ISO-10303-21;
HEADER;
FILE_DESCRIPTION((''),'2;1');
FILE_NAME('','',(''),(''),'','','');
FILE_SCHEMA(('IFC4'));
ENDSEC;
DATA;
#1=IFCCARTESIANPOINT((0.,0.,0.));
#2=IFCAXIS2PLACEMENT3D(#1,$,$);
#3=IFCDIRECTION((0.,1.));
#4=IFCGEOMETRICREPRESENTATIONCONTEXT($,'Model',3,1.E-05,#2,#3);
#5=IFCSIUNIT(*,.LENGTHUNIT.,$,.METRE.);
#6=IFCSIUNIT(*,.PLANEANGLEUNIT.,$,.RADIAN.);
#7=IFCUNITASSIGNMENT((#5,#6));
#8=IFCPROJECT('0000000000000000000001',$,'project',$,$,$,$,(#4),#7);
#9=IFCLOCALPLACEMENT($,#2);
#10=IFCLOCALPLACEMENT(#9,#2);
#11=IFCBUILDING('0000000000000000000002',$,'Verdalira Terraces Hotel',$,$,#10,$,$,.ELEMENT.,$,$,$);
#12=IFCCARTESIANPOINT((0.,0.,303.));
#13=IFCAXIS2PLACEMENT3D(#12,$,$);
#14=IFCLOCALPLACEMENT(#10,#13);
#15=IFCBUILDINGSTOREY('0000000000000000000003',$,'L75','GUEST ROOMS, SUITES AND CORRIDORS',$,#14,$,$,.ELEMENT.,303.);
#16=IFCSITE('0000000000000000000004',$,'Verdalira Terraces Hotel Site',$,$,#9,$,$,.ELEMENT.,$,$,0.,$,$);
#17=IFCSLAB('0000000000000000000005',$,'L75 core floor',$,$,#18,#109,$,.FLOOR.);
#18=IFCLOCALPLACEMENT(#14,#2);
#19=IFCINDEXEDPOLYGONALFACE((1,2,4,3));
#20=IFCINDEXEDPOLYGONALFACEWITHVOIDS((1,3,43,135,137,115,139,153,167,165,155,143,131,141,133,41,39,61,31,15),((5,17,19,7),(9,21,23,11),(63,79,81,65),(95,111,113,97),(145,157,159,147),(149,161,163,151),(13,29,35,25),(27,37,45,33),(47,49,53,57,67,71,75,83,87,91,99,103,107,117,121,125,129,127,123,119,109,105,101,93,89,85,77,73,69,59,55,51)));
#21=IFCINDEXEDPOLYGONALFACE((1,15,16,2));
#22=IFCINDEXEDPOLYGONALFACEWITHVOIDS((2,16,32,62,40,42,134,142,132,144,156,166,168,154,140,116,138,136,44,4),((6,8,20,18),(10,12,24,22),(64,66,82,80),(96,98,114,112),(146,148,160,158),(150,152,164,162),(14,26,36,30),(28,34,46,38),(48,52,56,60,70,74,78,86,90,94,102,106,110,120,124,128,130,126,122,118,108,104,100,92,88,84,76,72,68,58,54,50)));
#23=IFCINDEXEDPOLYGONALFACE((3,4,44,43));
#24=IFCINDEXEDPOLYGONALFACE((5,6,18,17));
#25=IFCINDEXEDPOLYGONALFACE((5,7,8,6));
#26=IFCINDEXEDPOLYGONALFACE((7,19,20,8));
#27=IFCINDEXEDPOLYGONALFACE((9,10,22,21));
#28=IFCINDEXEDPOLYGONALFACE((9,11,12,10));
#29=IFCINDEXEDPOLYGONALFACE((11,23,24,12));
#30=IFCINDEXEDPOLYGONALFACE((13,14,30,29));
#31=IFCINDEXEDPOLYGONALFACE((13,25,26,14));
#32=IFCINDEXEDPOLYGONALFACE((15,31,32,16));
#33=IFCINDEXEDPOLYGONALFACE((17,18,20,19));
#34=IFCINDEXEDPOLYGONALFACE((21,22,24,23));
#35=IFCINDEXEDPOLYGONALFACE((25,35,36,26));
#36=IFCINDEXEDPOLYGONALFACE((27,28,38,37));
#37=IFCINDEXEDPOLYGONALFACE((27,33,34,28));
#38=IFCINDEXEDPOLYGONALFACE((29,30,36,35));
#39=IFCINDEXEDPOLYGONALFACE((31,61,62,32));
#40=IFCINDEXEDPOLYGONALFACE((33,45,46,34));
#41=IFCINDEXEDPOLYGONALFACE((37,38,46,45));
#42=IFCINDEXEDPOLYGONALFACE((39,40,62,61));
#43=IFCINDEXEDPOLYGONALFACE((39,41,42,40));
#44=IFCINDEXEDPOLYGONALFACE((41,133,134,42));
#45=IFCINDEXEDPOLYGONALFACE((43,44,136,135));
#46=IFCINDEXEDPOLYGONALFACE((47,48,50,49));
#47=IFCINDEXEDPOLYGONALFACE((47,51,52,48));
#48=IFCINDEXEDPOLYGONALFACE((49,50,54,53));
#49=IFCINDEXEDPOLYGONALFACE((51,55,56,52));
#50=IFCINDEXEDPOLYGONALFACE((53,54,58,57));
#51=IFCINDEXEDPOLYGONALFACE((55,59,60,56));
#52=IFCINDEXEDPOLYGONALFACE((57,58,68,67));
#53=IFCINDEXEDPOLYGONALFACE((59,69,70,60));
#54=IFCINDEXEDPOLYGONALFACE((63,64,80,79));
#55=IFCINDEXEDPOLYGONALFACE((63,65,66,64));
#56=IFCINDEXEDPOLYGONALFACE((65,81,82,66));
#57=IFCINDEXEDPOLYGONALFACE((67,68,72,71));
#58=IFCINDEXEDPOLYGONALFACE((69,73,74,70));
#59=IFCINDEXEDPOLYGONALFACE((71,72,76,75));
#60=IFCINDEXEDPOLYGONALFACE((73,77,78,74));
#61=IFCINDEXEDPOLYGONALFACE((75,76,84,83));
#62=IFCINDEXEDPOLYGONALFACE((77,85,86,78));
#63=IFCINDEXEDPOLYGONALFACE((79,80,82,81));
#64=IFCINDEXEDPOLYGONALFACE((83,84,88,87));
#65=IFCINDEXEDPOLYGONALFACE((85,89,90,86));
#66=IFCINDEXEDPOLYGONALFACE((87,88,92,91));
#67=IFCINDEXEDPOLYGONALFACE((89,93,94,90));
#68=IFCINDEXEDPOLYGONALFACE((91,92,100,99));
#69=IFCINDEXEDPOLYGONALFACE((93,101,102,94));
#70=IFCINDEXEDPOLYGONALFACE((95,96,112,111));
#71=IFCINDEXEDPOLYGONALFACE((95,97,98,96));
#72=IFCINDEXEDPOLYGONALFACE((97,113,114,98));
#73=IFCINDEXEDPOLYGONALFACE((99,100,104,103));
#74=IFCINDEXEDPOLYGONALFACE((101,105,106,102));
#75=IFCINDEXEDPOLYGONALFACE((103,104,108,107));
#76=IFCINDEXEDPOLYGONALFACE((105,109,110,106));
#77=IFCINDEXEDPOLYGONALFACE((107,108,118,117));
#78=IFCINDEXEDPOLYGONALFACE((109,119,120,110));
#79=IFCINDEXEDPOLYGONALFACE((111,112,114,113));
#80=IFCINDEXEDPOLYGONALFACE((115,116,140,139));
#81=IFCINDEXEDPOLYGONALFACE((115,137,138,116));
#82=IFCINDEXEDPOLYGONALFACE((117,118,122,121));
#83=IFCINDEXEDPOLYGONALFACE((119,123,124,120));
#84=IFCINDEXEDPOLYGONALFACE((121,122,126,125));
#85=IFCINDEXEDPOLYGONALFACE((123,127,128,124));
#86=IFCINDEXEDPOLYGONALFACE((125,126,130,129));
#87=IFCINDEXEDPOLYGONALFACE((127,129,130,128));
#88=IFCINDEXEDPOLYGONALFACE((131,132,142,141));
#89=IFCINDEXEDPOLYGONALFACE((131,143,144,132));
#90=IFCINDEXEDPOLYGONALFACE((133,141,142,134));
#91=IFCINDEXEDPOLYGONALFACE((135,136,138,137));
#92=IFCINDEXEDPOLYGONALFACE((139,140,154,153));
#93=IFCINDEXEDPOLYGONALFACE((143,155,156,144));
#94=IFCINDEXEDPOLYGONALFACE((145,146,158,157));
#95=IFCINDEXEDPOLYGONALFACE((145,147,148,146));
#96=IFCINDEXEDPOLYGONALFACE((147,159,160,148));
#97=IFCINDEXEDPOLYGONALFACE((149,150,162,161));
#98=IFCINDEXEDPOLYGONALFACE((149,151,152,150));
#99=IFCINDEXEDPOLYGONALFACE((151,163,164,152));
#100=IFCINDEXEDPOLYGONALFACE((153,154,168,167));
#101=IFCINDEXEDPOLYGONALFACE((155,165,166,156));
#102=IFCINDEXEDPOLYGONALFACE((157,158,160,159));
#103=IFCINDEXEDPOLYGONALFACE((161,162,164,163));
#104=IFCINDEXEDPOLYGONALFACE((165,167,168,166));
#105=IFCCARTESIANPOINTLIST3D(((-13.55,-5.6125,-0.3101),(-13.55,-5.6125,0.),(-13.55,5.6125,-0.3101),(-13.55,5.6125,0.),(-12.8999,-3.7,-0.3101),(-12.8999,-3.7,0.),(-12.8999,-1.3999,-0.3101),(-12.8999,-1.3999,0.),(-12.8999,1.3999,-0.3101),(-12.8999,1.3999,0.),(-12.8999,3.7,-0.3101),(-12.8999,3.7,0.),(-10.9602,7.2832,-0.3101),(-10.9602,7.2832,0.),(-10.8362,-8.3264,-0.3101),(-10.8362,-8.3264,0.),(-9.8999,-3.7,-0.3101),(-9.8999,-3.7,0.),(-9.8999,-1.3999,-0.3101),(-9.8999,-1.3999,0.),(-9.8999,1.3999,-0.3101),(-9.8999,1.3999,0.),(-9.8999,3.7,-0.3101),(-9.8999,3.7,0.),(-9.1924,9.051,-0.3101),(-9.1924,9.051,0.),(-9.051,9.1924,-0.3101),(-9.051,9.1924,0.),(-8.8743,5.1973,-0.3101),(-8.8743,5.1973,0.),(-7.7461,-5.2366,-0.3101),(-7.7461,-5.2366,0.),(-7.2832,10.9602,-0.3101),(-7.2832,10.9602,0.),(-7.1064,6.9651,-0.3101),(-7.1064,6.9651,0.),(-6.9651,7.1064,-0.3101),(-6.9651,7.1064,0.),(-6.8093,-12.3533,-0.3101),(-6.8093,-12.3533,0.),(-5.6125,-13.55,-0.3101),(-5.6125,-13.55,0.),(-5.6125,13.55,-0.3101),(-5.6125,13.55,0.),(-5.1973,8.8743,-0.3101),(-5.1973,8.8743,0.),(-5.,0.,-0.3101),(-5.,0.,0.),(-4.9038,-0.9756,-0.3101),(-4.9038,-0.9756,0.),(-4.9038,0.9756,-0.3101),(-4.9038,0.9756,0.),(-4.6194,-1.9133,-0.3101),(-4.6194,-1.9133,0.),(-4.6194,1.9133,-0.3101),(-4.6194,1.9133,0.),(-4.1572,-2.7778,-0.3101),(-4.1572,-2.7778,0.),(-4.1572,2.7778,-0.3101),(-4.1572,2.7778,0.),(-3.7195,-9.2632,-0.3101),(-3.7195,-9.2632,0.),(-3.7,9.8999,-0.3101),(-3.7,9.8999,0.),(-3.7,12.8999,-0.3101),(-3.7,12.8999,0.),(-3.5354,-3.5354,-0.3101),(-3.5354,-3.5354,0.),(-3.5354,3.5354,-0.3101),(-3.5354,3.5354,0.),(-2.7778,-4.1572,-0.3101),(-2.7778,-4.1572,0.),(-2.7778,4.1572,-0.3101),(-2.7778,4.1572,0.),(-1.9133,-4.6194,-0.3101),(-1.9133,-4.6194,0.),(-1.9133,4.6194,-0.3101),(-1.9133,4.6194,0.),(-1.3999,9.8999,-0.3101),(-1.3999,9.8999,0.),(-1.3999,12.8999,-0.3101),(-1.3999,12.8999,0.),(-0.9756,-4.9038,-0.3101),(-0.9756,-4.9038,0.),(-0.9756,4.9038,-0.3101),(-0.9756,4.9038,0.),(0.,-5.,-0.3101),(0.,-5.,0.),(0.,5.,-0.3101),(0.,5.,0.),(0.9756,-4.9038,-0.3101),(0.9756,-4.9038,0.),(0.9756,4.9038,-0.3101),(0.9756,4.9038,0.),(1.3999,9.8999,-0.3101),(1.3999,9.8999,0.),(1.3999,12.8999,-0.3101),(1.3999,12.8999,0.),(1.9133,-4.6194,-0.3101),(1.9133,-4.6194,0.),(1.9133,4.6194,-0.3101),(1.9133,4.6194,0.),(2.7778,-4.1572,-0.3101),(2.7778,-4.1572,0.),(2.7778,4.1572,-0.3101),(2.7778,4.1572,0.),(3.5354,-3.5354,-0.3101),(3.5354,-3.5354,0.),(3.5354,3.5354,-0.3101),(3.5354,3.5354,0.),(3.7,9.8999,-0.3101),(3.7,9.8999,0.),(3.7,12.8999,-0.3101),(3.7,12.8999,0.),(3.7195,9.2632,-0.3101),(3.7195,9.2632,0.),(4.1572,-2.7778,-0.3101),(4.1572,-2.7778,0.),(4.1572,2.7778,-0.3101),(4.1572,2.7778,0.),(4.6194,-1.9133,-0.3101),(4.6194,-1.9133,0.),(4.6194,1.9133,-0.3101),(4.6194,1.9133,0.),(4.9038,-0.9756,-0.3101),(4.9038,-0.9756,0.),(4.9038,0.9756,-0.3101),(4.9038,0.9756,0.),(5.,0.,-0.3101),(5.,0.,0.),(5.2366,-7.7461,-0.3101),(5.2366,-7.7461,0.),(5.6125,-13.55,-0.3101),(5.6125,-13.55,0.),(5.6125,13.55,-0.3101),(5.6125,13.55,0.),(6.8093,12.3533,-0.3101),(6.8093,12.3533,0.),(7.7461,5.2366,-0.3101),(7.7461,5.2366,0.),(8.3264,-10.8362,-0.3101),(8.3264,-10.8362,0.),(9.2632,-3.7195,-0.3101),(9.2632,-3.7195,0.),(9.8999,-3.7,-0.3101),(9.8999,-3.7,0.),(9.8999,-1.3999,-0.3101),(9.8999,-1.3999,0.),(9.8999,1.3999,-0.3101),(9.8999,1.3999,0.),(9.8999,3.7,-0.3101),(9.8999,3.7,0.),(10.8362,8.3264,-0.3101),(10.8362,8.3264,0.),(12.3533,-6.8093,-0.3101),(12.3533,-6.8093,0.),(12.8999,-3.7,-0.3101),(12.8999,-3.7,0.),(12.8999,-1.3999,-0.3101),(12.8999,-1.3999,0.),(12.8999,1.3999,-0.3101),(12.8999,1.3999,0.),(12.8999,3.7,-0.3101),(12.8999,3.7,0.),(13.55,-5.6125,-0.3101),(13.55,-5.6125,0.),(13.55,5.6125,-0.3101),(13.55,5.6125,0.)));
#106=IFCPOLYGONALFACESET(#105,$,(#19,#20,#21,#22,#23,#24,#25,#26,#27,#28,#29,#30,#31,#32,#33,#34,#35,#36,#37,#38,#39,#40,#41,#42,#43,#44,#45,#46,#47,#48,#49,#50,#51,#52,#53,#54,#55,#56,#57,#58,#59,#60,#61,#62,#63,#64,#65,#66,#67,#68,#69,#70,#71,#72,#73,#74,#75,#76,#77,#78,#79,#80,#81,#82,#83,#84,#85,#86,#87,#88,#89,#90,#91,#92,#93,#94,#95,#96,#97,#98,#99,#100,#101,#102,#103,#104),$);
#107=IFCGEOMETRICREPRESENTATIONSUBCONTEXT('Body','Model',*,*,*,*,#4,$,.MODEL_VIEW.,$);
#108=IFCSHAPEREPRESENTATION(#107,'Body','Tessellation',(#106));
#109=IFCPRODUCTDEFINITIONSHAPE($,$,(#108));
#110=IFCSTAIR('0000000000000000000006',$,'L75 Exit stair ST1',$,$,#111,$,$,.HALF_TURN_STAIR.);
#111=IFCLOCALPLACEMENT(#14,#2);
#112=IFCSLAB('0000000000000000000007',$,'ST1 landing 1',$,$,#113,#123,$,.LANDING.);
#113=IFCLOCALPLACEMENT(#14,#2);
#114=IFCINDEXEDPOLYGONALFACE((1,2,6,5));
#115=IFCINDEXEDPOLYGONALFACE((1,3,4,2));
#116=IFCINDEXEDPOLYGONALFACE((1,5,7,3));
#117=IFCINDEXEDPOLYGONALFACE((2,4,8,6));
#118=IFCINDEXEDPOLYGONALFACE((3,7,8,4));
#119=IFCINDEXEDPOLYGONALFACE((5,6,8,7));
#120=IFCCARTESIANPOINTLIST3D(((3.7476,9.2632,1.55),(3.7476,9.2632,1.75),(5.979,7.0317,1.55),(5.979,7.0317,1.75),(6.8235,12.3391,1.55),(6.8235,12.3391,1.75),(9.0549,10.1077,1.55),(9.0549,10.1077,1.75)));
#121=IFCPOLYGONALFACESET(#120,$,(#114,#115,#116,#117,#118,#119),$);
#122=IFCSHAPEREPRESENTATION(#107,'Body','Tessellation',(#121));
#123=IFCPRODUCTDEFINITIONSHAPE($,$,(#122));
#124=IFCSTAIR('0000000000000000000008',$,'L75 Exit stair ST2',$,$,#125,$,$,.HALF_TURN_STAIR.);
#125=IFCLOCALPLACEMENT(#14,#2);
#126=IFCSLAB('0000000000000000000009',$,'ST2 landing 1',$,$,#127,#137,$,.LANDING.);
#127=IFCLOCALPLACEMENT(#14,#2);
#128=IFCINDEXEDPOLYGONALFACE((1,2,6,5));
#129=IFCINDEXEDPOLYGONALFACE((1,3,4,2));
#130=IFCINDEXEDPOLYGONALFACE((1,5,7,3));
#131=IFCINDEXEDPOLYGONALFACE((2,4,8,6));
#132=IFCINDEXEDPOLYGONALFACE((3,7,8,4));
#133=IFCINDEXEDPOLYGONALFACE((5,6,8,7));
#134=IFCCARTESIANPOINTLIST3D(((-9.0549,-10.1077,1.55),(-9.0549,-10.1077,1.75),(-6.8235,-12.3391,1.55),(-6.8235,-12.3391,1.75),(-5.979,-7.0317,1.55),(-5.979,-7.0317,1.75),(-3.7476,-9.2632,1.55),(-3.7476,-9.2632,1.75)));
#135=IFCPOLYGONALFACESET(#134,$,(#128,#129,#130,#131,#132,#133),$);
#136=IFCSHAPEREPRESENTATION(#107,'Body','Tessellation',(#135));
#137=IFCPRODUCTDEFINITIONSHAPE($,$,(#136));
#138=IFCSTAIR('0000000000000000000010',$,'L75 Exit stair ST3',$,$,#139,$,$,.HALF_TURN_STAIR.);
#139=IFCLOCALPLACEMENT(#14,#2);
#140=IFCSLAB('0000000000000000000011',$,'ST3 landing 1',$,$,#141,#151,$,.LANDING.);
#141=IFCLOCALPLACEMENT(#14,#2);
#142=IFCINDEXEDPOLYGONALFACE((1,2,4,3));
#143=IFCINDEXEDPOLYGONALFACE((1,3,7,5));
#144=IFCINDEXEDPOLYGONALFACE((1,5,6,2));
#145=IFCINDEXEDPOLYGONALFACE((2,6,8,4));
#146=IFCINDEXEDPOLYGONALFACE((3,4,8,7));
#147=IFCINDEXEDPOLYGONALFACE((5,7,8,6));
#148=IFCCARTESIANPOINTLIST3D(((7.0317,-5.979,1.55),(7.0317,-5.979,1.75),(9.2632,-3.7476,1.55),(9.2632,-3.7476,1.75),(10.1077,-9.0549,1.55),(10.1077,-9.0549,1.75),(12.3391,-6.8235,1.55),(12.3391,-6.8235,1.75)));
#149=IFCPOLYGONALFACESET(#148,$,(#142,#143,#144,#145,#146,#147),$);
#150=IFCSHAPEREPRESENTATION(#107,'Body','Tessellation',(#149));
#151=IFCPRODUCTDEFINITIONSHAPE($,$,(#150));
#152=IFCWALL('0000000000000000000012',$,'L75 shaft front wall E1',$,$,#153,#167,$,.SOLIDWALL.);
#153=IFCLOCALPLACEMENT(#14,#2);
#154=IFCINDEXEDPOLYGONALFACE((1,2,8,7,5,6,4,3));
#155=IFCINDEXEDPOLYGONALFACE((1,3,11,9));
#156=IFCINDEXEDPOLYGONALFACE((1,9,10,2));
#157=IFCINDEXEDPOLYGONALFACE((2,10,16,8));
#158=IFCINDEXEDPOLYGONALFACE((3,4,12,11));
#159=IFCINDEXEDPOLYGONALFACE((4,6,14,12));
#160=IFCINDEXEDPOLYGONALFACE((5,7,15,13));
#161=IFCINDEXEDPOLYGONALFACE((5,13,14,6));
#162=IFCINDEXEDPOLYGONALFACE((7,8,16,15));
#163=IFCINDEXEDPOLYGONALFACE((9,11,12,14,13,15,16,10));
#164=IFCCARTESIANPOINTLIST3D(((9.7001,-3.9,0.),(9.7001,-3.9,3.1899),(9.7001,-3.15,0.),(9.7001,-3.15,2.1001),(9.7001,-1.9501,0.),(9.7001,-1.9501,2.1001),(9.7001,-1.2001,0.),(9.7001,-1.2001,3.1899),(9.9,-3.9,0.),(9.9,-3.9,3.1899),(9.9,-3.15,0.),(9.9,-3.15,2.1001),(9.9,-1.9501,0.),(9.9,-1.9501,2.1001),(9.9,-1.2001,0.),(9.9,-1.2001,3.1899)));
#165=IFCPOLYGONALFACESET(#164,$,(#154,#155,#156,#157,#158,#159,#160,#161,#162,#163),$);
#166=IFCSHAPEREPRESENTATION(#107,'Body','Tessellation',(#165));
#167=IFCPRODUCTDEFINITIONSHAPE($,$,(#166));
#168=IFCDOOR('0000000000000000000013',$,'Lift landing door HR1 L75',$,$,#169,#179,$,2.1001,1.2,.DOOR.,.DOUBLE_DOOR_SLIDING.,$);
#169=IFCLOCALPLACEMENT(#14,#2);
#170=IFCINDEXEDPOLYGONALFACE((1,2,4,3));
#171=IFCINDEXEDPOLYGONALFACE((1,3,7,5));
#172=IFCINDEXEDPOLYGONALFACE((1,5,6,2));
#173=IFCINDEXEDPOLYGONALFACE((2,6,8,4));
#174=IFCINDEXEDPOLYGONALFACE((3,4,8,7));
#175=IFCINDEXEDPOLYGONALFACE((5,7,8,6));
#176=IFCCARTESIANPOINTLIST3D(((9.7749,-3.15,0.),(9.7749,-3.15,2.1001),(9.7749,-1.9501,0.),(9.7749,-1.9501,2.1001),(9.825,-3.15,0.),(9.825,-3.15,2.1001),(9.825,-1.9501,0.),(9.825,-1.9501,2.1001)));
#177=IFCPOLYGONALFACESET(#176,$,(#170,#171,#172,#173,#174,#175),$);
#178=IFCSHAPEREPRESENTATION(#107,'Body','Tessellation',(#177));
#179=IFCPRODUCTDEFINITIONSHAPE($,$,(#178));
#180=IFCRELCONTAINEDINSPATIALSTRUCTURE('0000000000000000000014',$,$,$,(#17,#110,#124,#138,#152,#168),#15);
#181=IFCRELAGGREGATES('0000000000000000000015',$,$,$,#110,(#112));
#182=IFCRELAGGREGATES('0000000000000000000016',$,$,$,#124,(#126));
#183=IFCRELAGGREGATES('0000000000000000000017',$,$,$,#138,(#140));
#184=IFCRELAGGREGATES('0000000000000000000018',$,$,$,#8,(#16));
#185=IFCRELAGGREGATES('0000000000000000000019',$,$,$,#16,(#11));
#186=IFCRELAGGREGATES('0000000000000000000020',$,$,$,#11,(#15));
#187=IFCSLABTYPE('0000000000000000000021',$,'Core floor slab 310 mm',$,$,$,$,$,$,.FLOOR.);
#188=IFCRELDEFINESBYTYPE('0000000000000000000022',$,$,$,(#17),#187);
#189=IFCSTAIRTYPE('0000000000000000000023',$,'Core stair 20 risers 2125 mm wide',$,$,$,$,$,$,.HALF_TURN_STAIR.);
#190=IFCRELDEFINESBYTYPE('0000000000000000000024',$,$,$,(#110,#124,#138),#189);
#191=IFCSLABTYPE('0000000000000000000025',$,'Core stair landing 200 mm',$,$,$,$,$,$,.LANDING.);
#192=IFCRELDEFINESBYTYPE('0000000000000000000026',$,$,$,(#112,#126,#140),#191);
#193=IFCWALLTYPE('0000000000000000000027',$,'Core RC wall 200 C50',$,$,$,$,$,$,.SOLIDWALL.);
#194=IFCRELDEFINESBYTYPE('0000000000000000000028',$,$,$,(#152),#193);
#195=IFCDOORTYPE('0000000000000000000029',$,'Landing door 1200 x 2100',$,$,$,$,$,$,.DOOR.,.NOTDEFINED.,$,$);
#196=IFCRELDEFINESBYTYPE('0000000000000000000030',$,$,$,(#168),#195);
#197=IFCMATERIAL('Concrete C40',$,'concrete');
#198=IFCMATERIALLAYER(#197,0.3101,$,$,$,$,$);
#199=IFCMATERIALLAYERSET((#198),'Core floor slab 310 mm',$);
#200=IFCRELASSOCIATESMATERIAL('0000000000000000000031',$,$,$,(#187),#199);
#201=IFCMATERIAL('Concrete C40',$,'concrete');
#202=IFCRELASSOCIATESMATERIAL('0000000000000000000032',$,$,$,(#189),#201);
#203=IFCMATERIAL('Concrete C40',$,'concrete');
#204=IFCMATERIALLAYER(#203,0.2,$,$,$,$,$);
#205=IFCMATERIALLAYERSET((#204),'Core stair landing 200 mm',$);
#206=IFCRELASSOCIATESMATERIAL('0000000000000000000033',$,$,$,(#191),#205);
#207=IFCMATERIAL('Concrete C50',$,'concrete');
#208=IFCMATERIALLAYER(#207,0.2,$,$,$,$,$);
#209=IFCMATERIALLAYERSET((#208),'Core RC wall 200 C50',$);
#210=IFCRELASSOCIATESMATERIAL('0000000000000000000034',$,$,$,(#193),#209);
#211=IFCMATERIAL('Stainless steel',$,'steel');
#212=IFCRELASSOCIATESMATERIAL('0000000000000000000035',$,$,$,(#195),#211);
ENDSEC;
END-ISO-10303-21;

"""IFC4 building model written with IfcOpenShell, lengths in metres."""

from ifc_helpers import new_model, si_unit, direction, frame, frame_2d, origin, place, context, subcontext, project, spatial, polyline, rectangle, outline, extrude, material, layer, layer_set, type_object, element, fill, aggregate, save


model = new_model("IFC4")

# Units and contexts
model_context = context("Model", 3, precision=1e-05, world=origin(), true_north=direction((0.0, 1.0)))
body_context = subcontext(model_context, "Body", "Model", "MODEL_VIEW")
ifc_project = project(units=[si_unit("LENGTHUNIT", "METRE"), si_unit("PLANEANGLEUNIT", "RADIAN")], contexts=[model_context])

# Site, building, storey
site_placement = place(None, origin())
site = spatial("IfcSite", under=ifc_project, at=site_placement, Name="Verdalira Terraces Hotel Site", CompositionType="ELEMENT", RefElevation=0.0)
building_placement = place(site_placement, origin())
building = spatial("IfcBuilding", under=site, at=building_placement, Name="Verdalira Terraces Hotel", CompositionType="ELEMENT")
storey_placement = place(building_placement, frame((0.0, 0.0, 303.0)))
storey = spatial("IfcBuildingStorey", under=building, at=storey_placement, Name="L75", Description="GUEST ROOMS, SUITES AND CORRIDORS", CompositionType="ELEMENT", Elevation=303.0)

# Slab
ifc_material_1 = material(Name="Concrete C40", Category="concrete")
ifc_layer_1 = layer(ifc_material_1, 0.3101)
ifc_layer_set_1 = layer_set([ifc_layer_1], Name="Core floor slab 310 mm")
slab_type_1 = type_object("IfcSlabType", Name="Core floor slab 310 mm", PredefinedType="FLOOR", material=ifc_layer_set_1)
slab_1_placement = place(storey_placement, frame((0.0, 0.0, -0.3101)))
element("IfcSlab", 1, at=slab_1_placement, inside=storey, type_object=slab_type_1, Name="L75 core floor", PredefinedType="FLOOR", context=body_context, shape_type="SweptSolid", body=[
    extrude(outline(polyline([(-6.8093, -12.3533), (-3.7195, -9.2632), (-7.7461, -5.2366), (-10.8362, -8.3264), (-13.55, -5.6125), (-13.55, 5.6125), (-5.6125, 13.55), (5.6125, 13.55), (6.8093, 12.3533), (3.7195, 9.2632), (7.7461, 5.2366), (10.8362, 8.3264), (13.55, 5.6125), (13.55, -5.6125), (12.3533, -6.8093), (9.2632, -3.7195), (5.2366, -7.7461), (8.3264, -10.8362), (5.6125, -13.55), (-5.6125, -13.55), (-6.8093, -12.3533)]), holes=[polyline([(9.8999, -1.3999), (9.8999, -3.7), (12.8999, -3.7), (12.8999, -1.3999), (9.8999, -1.3999)]), polyline([(9.8999, 3.7), (9.8999, 1.3999), (12.8999, 1.3999), (12.8999, 3.7), (9.8999, 3.7)]), polyline([(3.7, 12.8999), (1.3999, 12.8999), (1.3999, 9.8999), (3.7, 9.8999), (3.7, 12.8999)]), polyline([(-1.3999, 12.8999), (-3.7, 12.8999), (-3.7, 9.8999), (-1.3999, 9.8999), (-1.3999, 12.8999)]), polyline([(-9.8999, 1.3999), (-9.8999, 3.7), (-12.8999, 3.7), (-12.8999, 1.3999), (-9.8999, 1.3999)]), polyline([(-9.8999, -3.7), (-9.8999, -1.3999), (-12.8999, -1.3999), (-12.8999, -3.7), (-9.8999, -3.7)]), polyline([(-9.051, 9.1924), (-6.9651, 7.1064), (-5.1973, 8.8743), (-7.2832, 10.9602), (-9.051, 9.1924)]), polyline([(-9.1924, 9.051), (-10.9602, 7.2832), (-8.8743, 5.1973), (-7.1064, 6.9651), (-9.1924, 9.051)]), polyline([(3.5354, 3.5354), (2.7778, 4.1572), (1.9133, 4.6194), (0.9756, 4.9038), (0.0, 5.0), (-0.9756, 4.9038), (-1.9133, 4.6194), (-2.7778, 4.1572), (-3.5354, 3.5354), (-4.1572, 2.7778), (-4.6194, 1.9133), (-4.9038, 0.9756), (-5.0, 0.0), (-4.9038, -0.9756), (-4.6194, -1.9133), (-4.1572, -2.7778), (-3.5354, -3.5354), (-2.7778, -4.1572), (-1.9133, -4.6194), (-0.9756, -4.9038), (0.0, -5.0), (0.9756, -4.9038), (1.9133, -4.6194), (2.7778, -4.1572), (3.5354, -3.5354), (4.1572, -2.7778), (4.6194, -1.9133), (4.9038, -0.9756), (5.0, 0.0), (4.9038, 0.9756), (4.6194, 1.9133), (4.1572, 2.7778), (3.5354, 3.5354)])]), origin(), (0.0, 0.0, 1.0), 0.3101),
])

# Stairs, slabs
ifc_material_2 = material(Name="Concrete C40", Category="concrete")
stair_type = type_object("IfcStairType", Name="Core stair 20 risers 2125 mm wide", PredefinedType="HALF_TURN_STAIR", material=ifc_material_2)
stair_1_placement = place(storey_placement, origin())
stair_1 = element("IfcStair", 2, at=stair_1_placement, inside=storey, type_object=stair_type, Name="L75 Exit stair ST1", PredefinedType="HALF_TURN_STAIR")
ifc_material_3 = material(Name="Concrete C40", Category="concrete")
ifc_layer_2 = layer(ifc_material_3, 0.2)
ifc_layer_set_2 = layer_set([ifc_layer_2], Name="Core stair landing 200 mm")
slab_type_2 = type_object("IfcSlabType", Name="Core stair landing 200 mm", PredefinedType="LANDING", material=ifc_layer_set_2)
slab_2_placement = place(storey_placement, frame((0.0, 0.0, 1.55)))
slab_2 = element("IfcSlab", 3, at=slab_2_placement, type_object=slab_type_2, Name="ST1 landing 1", PredefinedType="LANDING", context=body_context, shape_type="SweptSolid", body=[
    extrude(outline(polyline([(9.0549, 10.1077), (6.8235, 12.3391), (3.7476, 9.2632), (5.979, 7.0317), (9.0549, 10.1077)])), origin(), (0.0, 0.0, 1.0), 0.2),
])
aggregate(stair_1, [slab_2])
stair_2_placement = place(storey_placement, origin())
stair_2 = element("IfcStair", 4, at=stair_2_placement, inside=storey, type_object=stair_type, Name="L75 Exit stair ST2", PredefinedType="HALF_TURN_STAIR")
slab_3_placement = place(storey_placement, frame((0.0, 0.0, 1.55)))
slab_3 = element("IfcSlab", 5, at=slab_3_placement, type_object=slab_type_2, Name="ST2 landing 1", PredefinedType="LANDING", context=body_context, shape_type="SweptSolid", body=[
    extrude(outline(polyline([(-9.0549, -10.1077), (-6.8235, -12.3391), (-3.7476, -9.2632), (-5.979, -7.0317), (-9.0549, -10.1077)])), origin(), (0.0, 0.0, 1.0), 0.2),
])
aggregate(stair_2, [slab_3])
stair_3_placement = place(storey_placement, origin())
stair_3 = element("IfcStair", 6, at=stair_3_placement, inside=storey, type_object=stair_type, Name="L75 Exit stair ST3", PredefinedType="HALF_TURN_STAIR")
slab_4_placement = place(storey_placement, frame((0.0, 0.0, 1.55)))
slab_4 = element("IfcSlab", 7, at=slab_4_placement, type_object=slab_type_2, Name="ST3 landing 1", PredefinedType="LANDING", context=body_context, shape_type="SweptSolid", body=[
    extrude(outline(polyline([(10.1077, -9.0549), (12.3391, -6.8235), (9.2632, -3.7476), (7.0317, -5.979), (10.1077, -9.0549)])), origin(), (0.0, 0.0, 1.0), 0.2),
])
aggregate(stair_3, [slab_4])

# Wall, opening, door
ifc_material_4 = material(Name="Concrete C50", Category="concrete")
ifc_layer_3 = layer(ifc_material_4, 0.2)
ifc_layer_set_3 = layer_set([ifc_layer_3], Name="Core RC wall 200 C50")
wall_type_1 = type_object("IfcWallType", Name="Core RC wall 200 C50", PredefinedType="SOLIDWALL", material=ifc_layer_set_3)
wall_1_placement = place(storey_placement, frame((9.8, -1.2, 0.0), z_axis=(0.0, 0.0, 1.0), x_axis=(0.0, -1.0, 0.0)))
wall_1 = element("IfcWall", 8, at=wall_1_placement, inside=storey, type_object=wall_type_1, Name="L75 shaft front wall E1", PredefinedType="SOLIDWALL", context=body_context, shape_type="SweptSolid", body=[
    extrude(rectangle(XDim=2.7, YDim=0.2, at=frame_2d((1.3501, 0.0))), origin(), (0.0, 0.0, 1.0), 3.1899),
])
opening_1_placement = place(wall_1_placement, frame((0.75, 0.0, 0.0)))
opening_1 = element("IfcOpeningElement", 9, at=opening_1_placement, cuts=wall_1, PredefinedType="OPENING", context=body_context, shape_type="SweptSolid", body=[
    extrude(rectangle(XDim=1.2, YDim=2.1001, at=frame_2d((0.6001, 1.05))), frame((0.0, 0.1099, 0.0), z_axis=(0.0, -1.0, 0.0), x_axis=(1.0, 0.0, 0.0)), (0.0, 0.0, 1.0), 0.22),
])
ifc_material_5 = material(Name="Stainless steel", Category="steel")
door_type_1 = type_object("IfcDoorType", Name="Landing door 1200 x 2100", OperationType="NOTDEFINED", PredefinedType="DOOR", material=ifc_material_5)
door_1_placement = place(opening_1_placement, origin())
door_1 = element("IfcDoor", 10, at=door_1_placement, inside=storey, type_object=door_type_1, Name="Lift landing door HR1 L75", OperationType="DOUBLE_DOOR_SLIDING", OverallHeight=2.1001, OverallWidth=1.2, PredefinedType="DOOR", context=body_context, shape_type="SweptSolid", body=[
    extrude(rectangle(XDim=1.2, YDim=2.1001, at=frame_2d((0.6001, 1.05))), frame((0.0, 0.0249, 0.0), z_axis=(0.0, -1.0, 0.0), x_axis=(1.0, 0.0, 0.0)), (0.0, 0.0, 1.0), 0.05),
])
fill(opening_1, door_1)

save(model, "model.ifc")
